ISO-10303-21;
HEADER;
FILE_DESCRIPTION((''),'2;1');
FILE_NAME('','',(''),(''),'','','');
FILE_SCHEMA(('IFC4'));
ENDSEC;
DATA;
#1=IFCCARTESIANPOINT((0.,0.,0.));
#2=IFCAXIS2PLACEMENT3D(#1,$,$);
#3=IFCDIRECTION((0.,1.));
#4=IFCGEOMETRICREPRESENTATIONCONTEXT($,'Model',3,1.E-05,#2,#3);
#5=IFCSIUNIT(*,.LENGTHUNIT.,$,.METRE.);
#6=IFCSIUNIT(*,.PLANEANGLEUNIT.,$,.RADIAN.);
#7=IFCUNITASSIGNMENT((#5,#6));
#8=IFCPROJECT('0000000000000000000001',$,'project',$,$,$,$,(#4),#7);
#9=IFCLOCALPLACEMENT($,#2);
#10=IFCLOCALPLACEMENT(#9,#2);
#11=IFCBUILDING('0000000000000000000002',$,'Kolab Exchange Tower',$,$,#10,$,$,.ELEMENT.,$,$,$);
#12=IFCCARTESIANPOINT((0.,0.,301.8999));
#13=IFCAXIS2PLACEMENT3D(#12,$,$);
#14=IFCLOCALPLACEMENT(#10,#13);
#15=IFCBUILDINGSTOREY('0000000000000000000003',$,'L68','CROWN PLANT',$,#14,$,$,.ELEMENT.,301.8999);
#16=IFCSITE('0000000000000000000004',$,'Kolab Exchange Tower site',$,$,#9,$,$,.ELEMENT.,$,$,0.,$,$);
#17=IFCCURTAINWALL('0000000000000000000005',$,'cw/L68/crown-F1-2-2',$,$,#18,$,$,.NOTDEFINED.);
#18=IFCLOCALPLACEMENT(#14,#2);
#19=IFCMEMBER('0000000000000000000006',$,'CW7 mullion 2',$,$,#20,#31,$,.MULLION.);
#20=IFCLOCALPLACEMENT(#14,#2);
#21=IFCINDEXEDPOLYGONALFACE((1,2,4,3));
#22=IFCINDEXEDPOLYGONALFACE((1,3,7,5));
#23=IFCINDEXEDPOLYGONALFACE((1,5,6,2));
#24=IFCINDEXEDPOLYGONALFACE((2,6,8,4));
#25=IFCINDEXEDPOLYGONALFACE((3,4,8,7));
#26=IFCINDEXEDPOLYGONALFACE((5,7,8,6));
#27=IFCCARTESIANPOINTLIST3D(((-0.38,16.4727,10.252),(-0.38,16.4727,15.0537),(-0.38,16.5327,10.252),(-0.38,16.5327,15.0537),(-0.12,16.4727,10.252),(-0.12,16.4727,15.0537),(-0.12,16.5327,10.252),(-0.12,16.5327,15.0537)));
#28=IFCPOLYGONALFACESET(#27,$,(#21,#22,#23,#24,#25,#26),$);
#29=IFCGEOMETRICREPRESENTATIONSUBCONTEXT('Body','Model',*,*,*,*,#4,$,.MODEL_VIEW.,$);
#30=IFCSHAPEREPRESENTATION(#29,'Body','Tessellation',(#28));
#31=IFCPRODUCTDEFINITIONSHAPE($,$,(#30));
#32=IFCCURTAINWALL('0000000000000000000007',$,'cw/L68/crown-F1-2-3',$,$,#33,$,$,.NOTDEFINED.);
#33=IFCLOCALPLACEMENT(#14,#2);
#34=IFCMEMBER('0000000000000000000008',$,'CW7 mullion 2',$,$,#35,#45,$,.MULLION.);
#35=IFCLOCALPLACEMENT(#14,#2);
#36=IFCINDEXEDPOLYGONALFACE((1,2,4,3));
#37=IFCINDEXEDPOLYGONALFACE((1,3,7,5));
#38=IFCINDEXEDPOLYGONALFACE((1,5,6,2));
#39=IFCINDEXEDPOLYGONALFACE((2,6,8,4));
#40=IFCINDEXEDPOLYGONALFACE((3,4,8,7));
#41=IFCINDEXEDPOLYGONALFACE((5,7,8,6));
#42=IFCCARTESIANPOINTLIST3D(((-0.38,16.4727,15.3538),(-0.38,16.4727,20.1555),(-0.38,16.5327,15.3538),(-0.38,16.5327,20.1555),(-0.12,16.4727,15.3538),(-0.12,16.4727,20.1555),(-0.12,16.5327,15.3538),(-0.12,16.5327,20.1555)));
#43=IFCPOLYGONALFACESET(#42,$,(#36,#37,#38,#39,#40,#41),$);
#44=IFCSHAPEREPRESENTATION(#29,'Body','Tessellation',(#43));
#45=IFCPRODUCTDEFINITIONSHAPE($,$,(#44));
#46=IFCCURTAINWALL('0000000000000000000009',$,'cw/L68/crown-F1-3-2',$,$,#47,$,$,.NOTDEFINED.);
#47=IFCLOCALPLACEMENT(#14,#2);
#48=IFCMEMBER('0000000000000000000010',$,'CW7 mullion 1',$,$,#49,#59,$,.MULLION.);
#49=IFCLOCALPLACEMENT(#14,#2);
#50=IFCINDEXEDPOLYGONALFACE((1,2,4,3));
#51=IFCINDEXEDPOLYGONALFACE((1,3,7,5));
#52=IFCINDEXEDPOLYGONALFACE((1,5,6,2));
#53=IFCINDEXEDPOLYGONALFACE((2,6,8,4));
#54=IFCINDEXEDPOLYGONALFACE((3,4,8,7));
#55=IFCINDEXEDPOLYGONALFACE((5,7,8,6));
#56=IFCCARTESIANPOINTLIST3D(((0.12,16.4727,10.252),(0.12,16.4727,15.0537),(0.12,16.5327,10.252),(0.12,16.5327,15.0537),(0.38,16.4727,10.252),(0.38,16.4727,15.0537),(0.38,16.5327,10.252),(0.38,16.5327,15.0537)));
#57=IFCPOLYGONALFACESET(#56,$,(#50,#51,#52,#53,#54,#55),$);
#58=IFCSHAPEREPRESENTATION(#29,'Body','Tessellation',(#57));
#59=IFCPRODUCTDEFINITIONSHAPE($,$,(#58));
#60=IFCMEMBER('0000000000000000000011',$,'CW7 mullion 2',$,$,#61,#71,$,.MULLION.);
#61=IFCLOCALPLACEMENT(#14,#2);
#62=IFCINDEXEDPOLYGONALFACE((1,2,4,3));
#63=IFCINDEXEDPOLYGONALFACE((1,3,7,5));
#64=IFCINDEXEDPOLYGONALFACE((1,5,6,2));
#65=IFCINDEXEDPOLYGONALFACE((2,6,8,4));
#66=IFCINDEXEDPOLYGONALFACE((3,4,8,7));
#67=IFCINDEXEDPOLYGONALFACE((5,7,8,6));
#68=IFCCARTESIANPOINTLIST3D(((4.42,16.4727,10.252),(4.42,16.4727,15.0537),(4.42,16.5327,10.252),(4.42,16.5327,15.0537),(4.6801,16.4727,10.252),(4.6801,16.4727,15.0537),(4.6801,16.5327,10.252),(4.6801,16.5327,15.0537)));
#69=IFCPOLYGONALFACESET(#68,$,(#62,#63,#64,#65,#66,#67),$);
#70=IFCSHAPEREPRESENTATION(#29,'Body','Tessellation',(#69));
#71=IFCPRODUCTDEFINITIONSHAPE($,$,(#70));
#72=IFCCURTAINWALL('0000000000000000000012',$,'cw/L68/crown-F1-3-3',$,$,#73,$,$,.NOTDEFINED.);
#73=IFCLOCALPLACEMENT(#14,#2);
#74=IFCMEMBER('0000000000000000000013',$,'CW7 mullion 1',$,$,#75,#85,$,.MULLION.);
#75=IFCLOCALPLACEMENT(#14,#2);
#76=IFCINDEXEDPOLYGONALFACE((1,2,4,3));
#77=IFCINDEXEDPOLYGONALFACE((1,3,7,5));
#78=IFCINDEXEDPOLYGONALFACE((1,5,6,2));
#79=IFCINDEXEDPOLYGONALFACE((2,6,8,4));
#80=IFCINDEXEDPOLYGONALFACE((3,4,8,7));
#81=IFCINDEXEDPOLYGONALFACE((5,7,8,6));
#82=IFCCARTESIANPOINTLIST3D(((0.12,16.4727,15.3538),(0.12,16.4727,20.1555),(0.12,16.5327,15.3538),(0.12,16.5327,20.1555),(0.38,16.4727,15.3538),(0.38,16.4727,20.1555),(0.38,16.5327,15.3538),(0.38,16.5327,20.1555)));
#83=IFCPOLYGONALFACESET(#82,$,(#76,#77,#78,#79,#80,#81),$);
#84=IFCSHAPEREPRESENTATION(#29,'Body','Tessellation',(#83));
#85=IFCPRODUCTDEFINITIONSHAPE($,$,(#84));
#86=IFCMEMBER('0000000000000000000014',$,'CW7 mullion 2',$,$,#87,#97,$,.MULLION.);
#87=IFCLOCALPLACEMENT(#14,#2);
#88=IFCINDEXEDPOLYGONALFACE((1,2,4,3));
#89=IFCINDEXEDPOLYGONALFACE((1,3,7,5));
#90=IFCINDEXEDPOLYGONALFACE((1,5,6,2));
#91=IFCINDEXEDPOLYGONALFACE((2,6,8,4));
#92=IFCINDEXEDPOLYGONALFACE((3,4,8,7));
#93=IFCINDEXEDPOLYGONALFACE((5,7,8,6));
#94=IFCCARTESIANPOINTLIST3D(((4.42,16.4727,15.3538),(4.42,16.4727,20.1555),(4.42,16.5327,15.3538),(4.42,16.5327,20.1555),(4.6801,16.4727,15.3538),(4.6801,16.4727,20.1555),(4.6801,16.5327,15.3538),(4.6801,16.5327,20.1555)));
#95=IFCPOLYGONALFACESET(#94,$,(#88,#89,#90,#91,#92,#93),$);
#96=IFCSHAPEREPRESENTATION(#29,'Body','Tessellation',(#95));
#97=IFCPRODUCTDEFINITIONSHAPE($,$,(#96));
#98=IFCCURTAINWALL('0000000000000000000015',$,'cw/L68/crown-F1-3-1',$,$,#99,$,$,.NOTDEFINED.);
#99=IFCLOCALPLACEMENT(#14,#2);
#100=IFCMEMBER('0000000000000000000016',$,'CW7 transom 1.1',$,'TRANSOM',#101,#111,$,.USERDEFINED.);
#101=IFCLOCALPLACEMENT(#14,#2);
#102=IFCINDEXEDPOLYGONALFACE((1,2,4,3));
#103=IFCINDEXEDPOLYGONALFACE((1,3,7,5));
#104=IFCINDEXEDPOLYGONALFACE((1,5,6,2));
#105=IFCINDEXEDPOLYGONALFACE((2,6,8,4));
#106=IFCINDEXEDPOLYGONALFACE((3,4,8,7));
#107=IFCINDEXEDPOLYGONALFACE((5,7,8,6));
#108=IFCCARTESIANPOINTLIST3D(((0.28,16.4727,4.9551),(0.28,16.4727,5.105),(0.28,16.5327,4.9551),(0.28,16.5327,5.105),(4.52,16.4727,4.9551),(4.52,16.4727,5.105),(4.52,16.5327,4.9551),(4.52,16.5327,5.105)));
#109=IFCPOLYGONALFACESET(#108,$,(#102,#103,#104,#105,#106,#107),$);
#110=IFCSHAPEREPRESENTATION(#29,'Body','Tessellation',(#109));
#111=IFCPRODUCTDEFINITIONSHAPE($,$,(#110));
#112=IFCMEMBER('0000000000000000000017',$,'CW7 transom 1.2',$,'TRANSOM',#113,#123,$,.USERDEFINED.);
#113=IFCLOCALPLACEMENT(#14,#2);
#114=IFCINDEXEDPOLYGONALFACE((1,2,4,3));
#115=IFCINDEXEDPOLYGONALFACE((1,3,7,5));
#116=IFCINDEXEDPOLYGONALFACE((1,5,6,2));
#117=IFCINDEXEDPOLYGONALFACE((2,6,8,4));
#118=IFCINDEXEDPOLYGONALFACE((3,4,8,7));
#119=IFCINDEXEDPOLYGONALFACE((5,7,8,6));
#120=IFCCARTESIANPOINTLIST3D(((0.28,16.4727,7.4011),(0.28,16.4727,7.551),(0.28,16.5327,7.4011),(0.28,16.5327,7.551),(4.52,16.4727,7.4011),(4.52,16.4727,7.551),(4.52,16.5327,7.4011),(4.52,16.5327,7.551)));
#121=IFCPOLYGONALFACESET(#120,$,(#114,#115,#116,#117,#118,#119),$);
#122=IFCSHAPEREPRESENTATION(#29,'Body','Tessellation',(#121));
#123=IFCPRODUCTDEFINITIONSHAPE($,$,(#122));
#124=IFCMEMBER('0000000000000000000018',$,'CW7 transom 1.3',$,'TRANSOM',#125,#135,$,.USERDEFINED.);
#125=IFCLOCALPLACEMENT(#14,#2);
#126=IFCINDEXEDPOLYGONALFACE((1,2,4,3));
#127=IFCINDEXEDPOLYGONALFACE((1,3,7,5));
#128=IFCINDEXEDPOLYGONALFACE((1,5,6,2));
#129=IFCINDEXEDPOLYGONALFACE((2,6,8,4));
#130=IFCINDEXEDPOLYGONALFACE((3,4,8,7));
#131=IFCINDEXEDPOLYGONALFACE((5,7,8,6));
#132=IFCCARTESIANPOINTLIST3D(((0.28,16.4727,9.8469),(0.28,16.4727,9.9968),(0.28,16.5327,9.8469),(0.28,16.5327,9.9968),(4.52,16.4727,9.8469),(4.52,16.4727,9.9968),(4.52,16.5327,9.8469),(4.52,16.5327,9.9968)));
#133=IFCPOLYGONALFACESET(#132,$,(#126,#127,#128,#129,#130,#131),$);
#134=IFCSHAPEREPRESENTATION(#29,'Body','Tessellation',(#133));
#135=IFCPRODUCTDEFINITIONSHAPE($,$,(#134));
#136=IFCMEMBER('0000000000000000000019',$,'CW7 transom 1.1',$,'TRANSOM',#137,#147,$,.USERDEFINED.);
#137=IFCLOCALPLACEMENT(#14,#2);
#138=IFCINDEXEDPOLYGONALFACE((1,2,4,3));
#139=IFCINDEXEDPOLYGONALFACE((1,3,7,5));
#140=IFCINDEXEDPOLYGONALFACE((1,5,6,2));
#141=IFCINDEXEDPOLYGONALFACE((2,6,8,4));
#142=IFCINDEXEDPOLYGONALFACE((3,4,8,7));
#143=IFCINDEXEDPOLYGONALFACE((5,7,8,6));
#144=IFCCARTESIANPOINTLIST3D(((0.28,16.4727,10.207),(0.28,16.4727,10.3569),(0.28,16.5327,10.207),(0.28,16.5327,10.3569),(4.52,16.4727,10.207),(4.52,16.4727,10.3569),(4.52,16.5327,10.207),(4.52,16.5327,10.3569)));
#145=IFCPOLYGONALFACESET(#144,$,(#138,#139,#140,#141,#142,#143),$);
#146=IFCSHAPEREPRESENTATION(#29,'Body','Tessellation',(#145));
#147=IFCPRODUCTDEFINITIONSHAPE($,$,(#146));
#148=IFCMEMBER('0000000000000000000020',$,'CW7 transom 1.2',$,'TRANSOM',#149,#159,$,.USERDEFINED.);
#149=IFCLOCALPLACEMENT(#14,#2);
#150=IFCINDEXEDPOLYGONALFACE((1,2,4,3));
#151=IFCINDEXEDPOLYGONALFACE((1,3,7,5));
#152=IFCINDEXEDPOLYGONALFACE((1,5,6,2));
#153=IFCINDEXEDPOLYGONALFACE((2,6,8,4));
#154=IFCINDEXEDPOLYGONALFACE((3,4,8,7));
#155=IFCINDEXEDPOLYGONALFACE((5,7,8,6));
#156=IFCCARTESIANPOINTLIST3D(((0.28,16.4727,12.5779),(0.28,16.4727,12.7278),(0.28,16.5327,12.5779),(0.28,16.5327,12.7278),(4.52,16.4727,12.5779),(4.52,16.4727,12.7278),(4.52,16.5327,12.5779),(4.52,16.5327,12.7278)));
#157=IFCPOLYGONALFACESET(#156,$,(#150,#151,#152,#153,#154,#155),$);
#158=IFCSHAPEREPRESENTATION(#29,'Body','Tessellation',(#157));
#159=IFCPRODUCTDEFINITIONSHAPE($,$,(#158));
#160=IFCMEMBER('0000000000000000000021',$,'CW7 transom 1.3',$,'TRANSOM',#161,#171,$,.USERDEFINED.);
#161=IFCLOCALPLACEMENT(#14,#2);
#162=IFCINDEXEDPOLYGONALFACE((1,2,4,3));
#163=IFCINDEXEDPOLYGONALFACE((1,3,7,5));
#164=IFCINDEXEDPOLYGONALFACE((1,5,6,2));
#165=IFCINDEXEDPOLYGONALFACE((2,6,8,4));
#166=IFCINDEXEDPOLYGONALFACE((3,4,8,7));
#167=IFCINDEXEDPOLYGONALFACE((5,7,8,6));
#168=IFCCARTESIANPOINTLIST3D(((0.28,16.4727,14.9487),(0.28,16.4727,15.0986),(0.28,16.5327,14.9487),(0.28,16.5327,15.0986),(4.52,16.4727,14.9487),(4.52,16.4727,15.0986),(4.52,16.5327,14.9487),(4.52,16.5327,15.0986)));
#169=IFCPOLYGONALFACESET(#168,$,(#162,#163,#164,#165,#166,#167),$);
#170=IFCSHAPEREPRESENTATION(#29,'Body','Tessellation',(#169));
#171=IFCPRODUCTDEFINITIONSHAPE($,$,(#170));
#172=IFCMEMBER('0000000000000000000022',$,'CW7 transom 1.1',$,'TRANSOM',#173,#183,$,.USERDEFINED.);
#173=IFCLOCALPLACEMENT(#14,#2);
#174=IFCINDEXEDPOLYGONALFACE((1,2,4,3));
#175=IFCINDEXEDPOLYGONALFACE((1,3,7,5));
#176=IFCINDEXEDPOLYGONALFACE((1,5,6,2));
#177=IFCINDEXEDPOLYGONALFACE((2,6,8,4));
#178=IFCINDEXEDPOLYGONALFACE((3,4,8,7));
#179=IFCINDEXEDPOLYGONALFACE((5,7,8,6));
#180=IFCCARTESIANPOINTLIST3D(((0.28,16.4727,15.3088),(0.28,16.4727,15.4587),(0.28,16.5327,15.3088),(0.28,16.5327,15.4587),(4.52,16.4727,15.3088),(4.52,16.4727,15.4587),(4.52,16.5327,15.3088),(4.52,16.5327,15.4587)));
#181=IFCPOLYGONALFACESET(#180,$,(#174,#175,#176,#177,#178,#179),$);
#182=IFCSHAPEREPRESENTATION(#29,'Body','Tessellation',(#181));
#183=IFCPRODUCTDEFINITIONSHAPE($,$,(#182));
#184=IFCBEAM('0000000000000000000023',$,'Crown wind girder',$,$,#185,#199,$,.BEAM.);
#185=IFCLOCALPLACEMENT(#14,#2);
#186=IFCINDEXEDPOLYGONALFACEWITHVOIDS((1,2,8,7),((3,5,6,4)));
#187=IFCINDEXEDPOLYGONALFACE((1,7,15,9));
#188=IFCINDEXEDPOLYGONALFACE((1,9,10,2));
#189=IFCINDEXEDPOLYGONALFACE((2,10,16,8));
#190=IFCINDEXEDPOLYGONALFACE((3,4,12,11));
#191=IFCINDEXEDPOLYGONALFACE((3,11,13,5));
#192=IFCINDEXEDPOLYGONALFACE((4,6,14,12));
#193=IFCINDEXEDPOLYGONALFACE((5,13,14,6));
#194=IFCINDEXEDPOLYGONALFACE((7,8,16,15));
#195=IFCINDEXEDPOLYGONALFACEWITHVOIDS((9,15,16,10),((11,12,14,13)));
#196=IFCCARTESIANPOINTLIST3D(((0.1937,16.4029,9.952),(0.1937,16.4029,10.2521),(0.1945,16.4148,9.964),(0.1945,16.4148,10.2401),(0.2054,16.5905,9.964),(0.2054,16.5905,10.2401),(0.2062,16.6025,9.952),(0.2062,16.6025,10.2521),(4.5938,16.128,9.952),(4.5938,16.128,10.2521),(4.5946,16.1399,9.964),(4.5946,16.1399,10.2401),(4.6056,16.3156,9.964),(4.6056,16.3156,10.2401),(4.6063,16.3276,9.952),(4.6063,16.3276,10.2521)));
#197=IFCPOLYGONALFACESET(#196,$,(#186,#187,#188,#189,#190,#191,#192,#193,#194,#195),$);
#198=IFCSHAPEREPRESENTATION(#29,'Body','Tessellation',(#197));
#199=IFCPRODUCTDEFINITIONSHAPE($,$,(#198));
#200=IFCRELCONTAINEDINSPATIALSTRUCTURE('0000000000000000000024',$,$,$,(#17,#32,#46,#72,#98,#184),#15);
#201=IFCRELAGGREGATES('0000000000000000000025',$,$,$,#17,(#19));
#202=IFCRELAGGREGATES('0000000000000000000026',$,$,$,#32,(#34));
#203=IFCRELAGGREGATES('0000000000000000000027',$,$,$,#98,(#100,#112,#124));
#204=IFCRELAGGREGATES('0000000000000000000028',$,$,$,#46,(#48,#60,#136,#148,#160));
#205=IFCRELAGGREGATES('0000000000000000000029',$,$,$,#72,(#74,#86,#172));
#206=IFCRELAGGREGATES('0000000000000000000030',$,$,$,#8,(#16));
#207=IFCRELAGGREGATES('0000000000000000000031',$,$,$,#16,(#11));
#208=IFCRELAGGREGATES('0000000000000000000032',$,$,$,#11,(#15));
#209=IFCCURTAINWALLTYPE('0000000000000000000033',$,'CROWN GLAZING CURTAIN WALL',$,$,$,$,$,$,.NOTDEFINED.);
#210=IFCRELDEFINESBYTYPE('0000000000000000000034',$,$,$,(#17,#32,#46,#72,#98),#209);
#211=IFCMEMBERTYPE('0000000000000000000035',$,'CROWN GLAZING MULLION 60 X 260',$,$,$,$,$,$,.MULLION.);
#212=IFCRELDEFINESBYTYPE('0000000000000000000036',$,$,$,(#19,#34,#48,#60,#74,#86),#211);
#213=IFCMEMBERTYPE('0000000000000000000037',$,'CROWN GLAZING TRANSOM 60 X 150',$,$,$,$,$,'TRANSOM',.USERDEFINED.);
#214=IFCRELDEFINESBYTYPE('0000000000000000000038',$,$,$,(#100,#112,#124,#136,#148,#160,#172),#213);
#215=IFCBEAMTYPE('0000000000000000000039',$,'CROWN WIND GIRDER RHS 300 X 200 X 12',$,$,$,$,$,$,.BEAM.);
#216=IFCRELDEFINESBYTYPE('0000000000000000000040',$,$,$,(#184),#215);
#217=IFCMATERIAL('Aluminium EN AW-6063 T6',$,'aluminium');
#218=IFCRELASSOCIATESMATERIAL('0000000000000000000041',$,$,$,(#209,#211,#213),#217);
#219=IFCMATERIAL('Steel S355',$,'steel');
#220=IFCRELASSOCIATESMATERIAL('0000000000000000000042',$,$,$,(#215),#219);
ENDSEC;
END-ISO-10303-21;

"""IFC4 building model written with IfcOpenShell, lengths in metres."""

from ifc_helpers import new_model, si_unit, direction, frame, origin, origin_2d, place, context, subcontext, project, spatial, rectangle, hollow_rectangle, extrude, material, material_profile, profile_set, type_object, element, aggregate, save


model = new_model("IFC4")

# Units and contexts
model_context = context("Model", 3, precision=1e-05, world=origin(), true_north=direction((0.0, 1.0)))
body_context = subcontext(model_context, "Body", "Model", "MODEL_VIEW")
ifc_project = project(units=[si_unit("LENGTHUNIT", "METRE"), si_unit("PLANEANGLEUNIT", "RADIAN")], contexts=[model_context])

# Site, building, storey
site_placement = place(None, origin())
site = spatial("IfcSite", under=ifc_project, at=site_placement, Name="Kolab Exchange Tower site", CompositionType="ELEMENT", RefElevation=0.0)
building_placement = place(site_placement, origin())
building = spatial("IfcBuilding", under=site, at=building_placement, Name="Kolab Exchange Tower", CompositionType="ELEMENT")
storey_placement = place(building_placement, frame((0.0, 0.0, 301.8999)))
storey = spatial("IfcBuildingStorey", under=building, at=storey_placement, Name="L68", Description="CROWN PLANT", CompositionType="ELEMENT", Elevation=301.8999)

# Curtain walls, members
ifc_material_1 = material(Name="Aluminium EN AW-6063 T6", Category="aluminium")
curtain_wall_type = type_object("IfcCurtainWallType", Name="CROWN GLAZING CURTAIN WALL", PredefinedType="NOTDEFINED", material=ifc_material_1)
curtain_wall_1_placement = place(storey_placement, origin())
curtain_wall_1 = element("IfcCurtainWall", 1, at=curtain_wall_1_placement, inside=storey, type_object=curtain_wall_type, Name="cw/L68/crown-F1-2-2", PredefinedType="NOTDEFINED")
ifc_material_profile_1 = material_profile(ifc_material_1, rectangle(XDim=0.0601, YDim=0.26, at=origin_2d()), Name="RECT 60X260")
ifc_profile_set_1 = profile_set([ifc_material_profile_1], Name="Aluminium EN AW-6063 T6")
member_type_1 = type_object("IfcMemberType", Name="CROWN GLAZING MULLION 60 X 260", PredefinedType="MULLION", material=ifc_profile_set_1)
member_1_placement = place(storey_placement, frame((-0.25, 16.5027, 10.252), z_axis=(0.0, 0.0, 1.0), x_axis=(0.0, 1.0, 0.0)))
member_1 = element("IfcMember", 2, at=member_1_placement, type_object=member_type_1, Name="CW7 mullion 2", PredefinedType="MULLION", context=body_context, shape_type="SweptSolid", body=[
    extrude(rectangle(XDim=0.0601, YDim=0.26, at=origin_2d()), origin(), (0.0, 0.0, 1.0), 4.8018),
])
curtain_wall_2_placement = place(storey_placement, origin())
curtain_wall_2 = element("IfcCurtainWall", 3, at=curtain_wall_2_placement, inside=storey, type_object=curtain_wall_type, Name="cw/L68/crown-F1-2-3", PredefinedType="NOTDEFINED")
member_2_placement = place(storey_placement, frame((-0.25, 16.5027, 15.3538), z_axis=(0.0, 0.0, 1.0), x_axis=(0.0, 1.0, 0.0)))
member_2 = element("IfcMember", 4, at=member_2_placement, type_object=member_type_1, Name="CW7 mullion 2", PredefinedType="MULLION", context=body_context, shape_type="SweptSolid", body=[
    extrude(rectangle(XDim=0.0601, YDim=0.26, at=origin_2d()), origin(), (0.0, 0.0, 1.0), 4.8018),
])

# Curtain walls, members
curtain_wall_3_placement = place(storey_placement, origin())
curtain_wall_3 = element("IfcCurtainWall", 5, at=curtain_wall_3_placement, inside=storey, type_object=curtain_wall_type, Name="cw/L68/crown-F1-3-2", PredefinedType="NOTDEFINED")
member_3_placement = place(storey_placement, frame((0.25, 16.5027, 10.252), z_axis=(0.0, 0.0, 1.0), x_axis=(0.0, 1.0, 0.0)))
member_3 = element("IfcMember", 6, at=member_3_placement, type_object=member_type_1, Name="CW7 mullion 1", PredefinedType="MULLION", context=body_context, shape_type="SweptSolid", body=[
    extrude(rectangle(XDim=0.0601, YDim=0.26, at=origin_2d()), origin(), (0.0, 0.0, 1.0), 4.8018),
])
member_4_placement = place(storey_placement, frame((4.55, 16.5027, 10.252), z_axis=(0.0, 0.0, 1.0), x_axis=(0.0, 1.0, 0.0)))
member_4 = element("IfcMember", 7, at=member_4_placement, type_object=member_type_1, Name="CW7 mullion 2", PredefinedType="MULLION", context=body_context, shape_type="SweptSolid", body=[
    extrude(rectangle(XDim=0.0601, YDim=0.26, at=origin_2d()), origin(), (0.0, 0.0, 1.0), 4.8018),
])
curtain_wall_4_placement = place(storey_placement, origin())
curtain_wall_4 = element("IfcCurtainWall", 8, at=curtain_wall_4_placement, inside=storey, type_object=curtain_wall_type, Name="cw/L68/crown-F1-3-3", PredefinedType="NOTDEFINED")
member_5_placement = place(storey_placement, frame((0.25, 16.5027, 15.3538), z_axis=(0.0, 0.0, 1.0), x_axis=(0.0, 1.0, 0.0)))
member_5 = element("IfcMember", 9, at=member_5_placement, type_object=member_type_1, Name="CW7 mullion 1", PredefinedType="MULLION", context=body_context, shape_type="SweptSolid", body=[
    extrude(rectangle(XDim=0.0601, YDim=0.26, at=origin_2d()), origin(), (0.0, 0.0, 1.0), 4.8018),
])
member_6_placement = place(storey_placement, frame((4.55, 16.5027, 15.3538), z_axis=(0.0, 0.0, 1.0), x_axis=(0.0, 1.0, 0.0)))
member_6 = element("IfcMember", 10, at=member_6_placement, type_object=member_type_1, Name="CW7 mullion 2", PredefinedType="MULLION", context=body_context, shape_type="SweptSolid", body=[
    extrude(rectangle(XDim=0.0601, YDim=0.26, at=origin_2d()), origin(), (0.0, 0.0, 1.0), 4.8018),
])
curtain_wall_5_placement = place(storey_placement, origin())
curtain_wall_5 = element("IfcCurtainWall", 11, at=curtain_wall_5_placement, inside=storey, type_object=curtain_wall_type, Name="cw/L68/crown-F1-3-1", PredefinedType="NOTDEFINED")
ifc_material_profile_2 = material_profile(ifc_material_1, rectangle(XDim=0.0601, YDim=0.1499, at=origin_2d()), Name="RECT 60X150")
ifc_profile_set_2 = profile_set([ifc_material_profile_2], Name="Aluminium EN AW-6063 T6")
member_type_2 = type_object("IfcMemberType", Name="CROWN GLAZING TRANSOM 60 X 150", ElementType="TRANSOM", PredefinedType="USERDEFINED", material=ifc_profile_set_2)
member_7_placement = place(storey_placement, frame((0.28, 16.5027, 5.03), z_axis=(1.0, 0.0, 0.0), x_axis=(0.0, 1.0, 0.0)))
member_7 = element("IfcMember", 12, at=member_7_placement, type_object=member_type_2, Name="CW7 transom 1.1", ObjectType="TRANSOM", PredefinedType="USERDEFINED", context=body_context, shape_type="SweptSolid", body=[
    extrude(rectangle(XDim=0.0601, YDim=0.1499, at=origin_2d()), origin(), (0.0, 0.0, 1.0), 4.24),
])
member_8_placement = place(storey_placement, frame((0.28, 16.5027, 7.4761), z_axis=(1.0, 0.0, 0.0), x_axis=(0.0, 1.0, 0.0)))
member_8 = element("IfcMember", 13, at=member_8_placement, type_object=member_type_2, Name="CW7 transom 1.2", ObjectType="TRANSOM", PredefinedType="USERDEFINED", context=body_context, shape_type="SweptSolid", body=[
    extrude(rectangle(XDim=0.0601, YDim=0.1499, at=origin_2d()), origin(), (0.0, 0.0, 1.0), 4.24),
])
member_9_placement = place(storey_placement, frame((0.28, 16.5027, 9.9219), z_axis=(1.0, 0.0, 0.0), x_axis=(0.0, 1.0, 0.0)))
member_9 = element("IfcMember", 14, at=member_9_placement, type_object=member_type_2, Name="CW7 transom 1.3", ObjectType="TRANSOM", PredefinedType="USERDEFINED", context=body_context, shape_type="SweptSolid", body=[
    extrude(rectangle(XDim=0.0601, YDim=0.1499, at=origin_2d()), origin(), (0.0, 0.0, 1.0), 4.24),
])

# Members
member_10_placement = place(storey_placement, frame((0.28, 16.5027, 10.282), z_axis=(1.0, 0.0, 0.0), x_axis=(0.0, 1.0, 0.0)))
member_10 = element("IfcMember", 15, at=member_10_placement, type_object=member_type_2, Name="CW7 transom 1.1", ObjectType="TRANSOM", PredefinedType="USERDEFINED", context=body_context, shape_type="SweptSolid", body=[
    extrude(rectangle(XDim=0.0601, YDim=0.1499, at=origin_2d()), origin(), (0.0, 0.0, 1.0), 4.24),
])
member_11_placement = place(storey_placement, frame((0.28, 16.5027, 12.6528), z_axis=(1.0, 0.0, 0.0), x_axis=(0.0, 1.0, 0.0)))
member_11 = element("IfcMember", 16, at=member_11_placement, type_object=member_type_2, Name="CW7 transom 1.2", ObjectType="TRANSOM", PredefinedType="USERDEFINED", context=body_context, shape_type="SweptSolid", body=[
    extrude(rectangle(XDim=0.0601, YDim=0.1499, at=origin_2d()), origin(), (0.0, 0.0, 1.0), 4.24),
])
member_12_placement = place(storey_placement, frame((0.28, 16.5027, 15.0237), z_axis=(1.0, 0.0, 0.0), x_axis=(0.0, 1.0, 0.0)))
member_12 = element("IfcMember", 17, at=member_12_placement, type_object=member_type_2, Name="CW7 transom 1.3", ObjectType="TRANSOM", PredefinedType="USERDEFINED", context=body_context, shape_type="SweptSolid", body=[
    extrude(rectangle(XDim=0.0601, YDim=0.1499, at=origin_2d()), origin(), (0.0, 0.0, 1.0), 4.24),
])
member_13_placement = place(storey_placement, frame((0.28, 16.5027, 15.3838), z_axis=(1.0, 0.0, 0.0), x_axis=(0.0, 1.0, 0.0)))
member_13 = element("IfcMember", 18, at=member_13_placement, type_object=member_type_2, Name="CW7 transom 1.1", ObjectType="TRANSOM", PredefinedType="USERDEFINED", context=body_context, shape_type="SweptSolid", body=[
    extrude(rectangle(XDim=0.0601, YDim=0.1499, at=origin_2d()), origin(), (0.0, 0.0, 1.0), 4.24),
])

# Beam
ifc_material_2 = material(Name="Steel S355", Category="steel")
ifc_material_profile_3 = material_profile(ifc_material_2, hollow_rectangle(XDim=0.2, YDim=0.3, WallThickness=0.012, at=origin_2d()), Name="RHS300X200X12")
ifc_profile_set_3 = profile_set([ifc_material_profile_3], Name="Steel S355")
beam_type = type_object("IfcBeamType", Name="CROWN WIND GIRDER RHS 300 X 200 X 12", PredefinedType="BEAM", material=ifc_profile_set_3)
for number, where, z_axis, x_axis, name in (
    (19, (0.2, 16.5027, 10.1021), (0.998054, -0.062354, 0.0), (0.062354, 0.998054, 0.0), "Crown wind girder"),
):
    element("IfcBeam", number, at=place(storey_placement, frame(where, z_axis=z_axis, x_axis=x_axis)), inside=storey, type_object=beam_type, Name=name, PredefinedType="BEAM", context=body_context, shape_type="SweptSolid", body=[
        extrude(hollow_rectangle(XDim=0.2, YDim=0.3, WallThickness=0.012, at=origin_2d()), origin(), (0.0, 0.0, 1.0), 4.4087),
    ])

aggregate(curtain_wall_1, [member_1])
aggregate(curtain_wall_2, [member_2])
aggregate(curtain_wall_5, [member_7, member_8, member_9])
aggregate(curtain_wall_3, [member_3, member_4, member_10, member_11, member_12])
aggregate(curtain_wall_4, [member_5, member_6, member_13])

save(model, "model.ifc")
